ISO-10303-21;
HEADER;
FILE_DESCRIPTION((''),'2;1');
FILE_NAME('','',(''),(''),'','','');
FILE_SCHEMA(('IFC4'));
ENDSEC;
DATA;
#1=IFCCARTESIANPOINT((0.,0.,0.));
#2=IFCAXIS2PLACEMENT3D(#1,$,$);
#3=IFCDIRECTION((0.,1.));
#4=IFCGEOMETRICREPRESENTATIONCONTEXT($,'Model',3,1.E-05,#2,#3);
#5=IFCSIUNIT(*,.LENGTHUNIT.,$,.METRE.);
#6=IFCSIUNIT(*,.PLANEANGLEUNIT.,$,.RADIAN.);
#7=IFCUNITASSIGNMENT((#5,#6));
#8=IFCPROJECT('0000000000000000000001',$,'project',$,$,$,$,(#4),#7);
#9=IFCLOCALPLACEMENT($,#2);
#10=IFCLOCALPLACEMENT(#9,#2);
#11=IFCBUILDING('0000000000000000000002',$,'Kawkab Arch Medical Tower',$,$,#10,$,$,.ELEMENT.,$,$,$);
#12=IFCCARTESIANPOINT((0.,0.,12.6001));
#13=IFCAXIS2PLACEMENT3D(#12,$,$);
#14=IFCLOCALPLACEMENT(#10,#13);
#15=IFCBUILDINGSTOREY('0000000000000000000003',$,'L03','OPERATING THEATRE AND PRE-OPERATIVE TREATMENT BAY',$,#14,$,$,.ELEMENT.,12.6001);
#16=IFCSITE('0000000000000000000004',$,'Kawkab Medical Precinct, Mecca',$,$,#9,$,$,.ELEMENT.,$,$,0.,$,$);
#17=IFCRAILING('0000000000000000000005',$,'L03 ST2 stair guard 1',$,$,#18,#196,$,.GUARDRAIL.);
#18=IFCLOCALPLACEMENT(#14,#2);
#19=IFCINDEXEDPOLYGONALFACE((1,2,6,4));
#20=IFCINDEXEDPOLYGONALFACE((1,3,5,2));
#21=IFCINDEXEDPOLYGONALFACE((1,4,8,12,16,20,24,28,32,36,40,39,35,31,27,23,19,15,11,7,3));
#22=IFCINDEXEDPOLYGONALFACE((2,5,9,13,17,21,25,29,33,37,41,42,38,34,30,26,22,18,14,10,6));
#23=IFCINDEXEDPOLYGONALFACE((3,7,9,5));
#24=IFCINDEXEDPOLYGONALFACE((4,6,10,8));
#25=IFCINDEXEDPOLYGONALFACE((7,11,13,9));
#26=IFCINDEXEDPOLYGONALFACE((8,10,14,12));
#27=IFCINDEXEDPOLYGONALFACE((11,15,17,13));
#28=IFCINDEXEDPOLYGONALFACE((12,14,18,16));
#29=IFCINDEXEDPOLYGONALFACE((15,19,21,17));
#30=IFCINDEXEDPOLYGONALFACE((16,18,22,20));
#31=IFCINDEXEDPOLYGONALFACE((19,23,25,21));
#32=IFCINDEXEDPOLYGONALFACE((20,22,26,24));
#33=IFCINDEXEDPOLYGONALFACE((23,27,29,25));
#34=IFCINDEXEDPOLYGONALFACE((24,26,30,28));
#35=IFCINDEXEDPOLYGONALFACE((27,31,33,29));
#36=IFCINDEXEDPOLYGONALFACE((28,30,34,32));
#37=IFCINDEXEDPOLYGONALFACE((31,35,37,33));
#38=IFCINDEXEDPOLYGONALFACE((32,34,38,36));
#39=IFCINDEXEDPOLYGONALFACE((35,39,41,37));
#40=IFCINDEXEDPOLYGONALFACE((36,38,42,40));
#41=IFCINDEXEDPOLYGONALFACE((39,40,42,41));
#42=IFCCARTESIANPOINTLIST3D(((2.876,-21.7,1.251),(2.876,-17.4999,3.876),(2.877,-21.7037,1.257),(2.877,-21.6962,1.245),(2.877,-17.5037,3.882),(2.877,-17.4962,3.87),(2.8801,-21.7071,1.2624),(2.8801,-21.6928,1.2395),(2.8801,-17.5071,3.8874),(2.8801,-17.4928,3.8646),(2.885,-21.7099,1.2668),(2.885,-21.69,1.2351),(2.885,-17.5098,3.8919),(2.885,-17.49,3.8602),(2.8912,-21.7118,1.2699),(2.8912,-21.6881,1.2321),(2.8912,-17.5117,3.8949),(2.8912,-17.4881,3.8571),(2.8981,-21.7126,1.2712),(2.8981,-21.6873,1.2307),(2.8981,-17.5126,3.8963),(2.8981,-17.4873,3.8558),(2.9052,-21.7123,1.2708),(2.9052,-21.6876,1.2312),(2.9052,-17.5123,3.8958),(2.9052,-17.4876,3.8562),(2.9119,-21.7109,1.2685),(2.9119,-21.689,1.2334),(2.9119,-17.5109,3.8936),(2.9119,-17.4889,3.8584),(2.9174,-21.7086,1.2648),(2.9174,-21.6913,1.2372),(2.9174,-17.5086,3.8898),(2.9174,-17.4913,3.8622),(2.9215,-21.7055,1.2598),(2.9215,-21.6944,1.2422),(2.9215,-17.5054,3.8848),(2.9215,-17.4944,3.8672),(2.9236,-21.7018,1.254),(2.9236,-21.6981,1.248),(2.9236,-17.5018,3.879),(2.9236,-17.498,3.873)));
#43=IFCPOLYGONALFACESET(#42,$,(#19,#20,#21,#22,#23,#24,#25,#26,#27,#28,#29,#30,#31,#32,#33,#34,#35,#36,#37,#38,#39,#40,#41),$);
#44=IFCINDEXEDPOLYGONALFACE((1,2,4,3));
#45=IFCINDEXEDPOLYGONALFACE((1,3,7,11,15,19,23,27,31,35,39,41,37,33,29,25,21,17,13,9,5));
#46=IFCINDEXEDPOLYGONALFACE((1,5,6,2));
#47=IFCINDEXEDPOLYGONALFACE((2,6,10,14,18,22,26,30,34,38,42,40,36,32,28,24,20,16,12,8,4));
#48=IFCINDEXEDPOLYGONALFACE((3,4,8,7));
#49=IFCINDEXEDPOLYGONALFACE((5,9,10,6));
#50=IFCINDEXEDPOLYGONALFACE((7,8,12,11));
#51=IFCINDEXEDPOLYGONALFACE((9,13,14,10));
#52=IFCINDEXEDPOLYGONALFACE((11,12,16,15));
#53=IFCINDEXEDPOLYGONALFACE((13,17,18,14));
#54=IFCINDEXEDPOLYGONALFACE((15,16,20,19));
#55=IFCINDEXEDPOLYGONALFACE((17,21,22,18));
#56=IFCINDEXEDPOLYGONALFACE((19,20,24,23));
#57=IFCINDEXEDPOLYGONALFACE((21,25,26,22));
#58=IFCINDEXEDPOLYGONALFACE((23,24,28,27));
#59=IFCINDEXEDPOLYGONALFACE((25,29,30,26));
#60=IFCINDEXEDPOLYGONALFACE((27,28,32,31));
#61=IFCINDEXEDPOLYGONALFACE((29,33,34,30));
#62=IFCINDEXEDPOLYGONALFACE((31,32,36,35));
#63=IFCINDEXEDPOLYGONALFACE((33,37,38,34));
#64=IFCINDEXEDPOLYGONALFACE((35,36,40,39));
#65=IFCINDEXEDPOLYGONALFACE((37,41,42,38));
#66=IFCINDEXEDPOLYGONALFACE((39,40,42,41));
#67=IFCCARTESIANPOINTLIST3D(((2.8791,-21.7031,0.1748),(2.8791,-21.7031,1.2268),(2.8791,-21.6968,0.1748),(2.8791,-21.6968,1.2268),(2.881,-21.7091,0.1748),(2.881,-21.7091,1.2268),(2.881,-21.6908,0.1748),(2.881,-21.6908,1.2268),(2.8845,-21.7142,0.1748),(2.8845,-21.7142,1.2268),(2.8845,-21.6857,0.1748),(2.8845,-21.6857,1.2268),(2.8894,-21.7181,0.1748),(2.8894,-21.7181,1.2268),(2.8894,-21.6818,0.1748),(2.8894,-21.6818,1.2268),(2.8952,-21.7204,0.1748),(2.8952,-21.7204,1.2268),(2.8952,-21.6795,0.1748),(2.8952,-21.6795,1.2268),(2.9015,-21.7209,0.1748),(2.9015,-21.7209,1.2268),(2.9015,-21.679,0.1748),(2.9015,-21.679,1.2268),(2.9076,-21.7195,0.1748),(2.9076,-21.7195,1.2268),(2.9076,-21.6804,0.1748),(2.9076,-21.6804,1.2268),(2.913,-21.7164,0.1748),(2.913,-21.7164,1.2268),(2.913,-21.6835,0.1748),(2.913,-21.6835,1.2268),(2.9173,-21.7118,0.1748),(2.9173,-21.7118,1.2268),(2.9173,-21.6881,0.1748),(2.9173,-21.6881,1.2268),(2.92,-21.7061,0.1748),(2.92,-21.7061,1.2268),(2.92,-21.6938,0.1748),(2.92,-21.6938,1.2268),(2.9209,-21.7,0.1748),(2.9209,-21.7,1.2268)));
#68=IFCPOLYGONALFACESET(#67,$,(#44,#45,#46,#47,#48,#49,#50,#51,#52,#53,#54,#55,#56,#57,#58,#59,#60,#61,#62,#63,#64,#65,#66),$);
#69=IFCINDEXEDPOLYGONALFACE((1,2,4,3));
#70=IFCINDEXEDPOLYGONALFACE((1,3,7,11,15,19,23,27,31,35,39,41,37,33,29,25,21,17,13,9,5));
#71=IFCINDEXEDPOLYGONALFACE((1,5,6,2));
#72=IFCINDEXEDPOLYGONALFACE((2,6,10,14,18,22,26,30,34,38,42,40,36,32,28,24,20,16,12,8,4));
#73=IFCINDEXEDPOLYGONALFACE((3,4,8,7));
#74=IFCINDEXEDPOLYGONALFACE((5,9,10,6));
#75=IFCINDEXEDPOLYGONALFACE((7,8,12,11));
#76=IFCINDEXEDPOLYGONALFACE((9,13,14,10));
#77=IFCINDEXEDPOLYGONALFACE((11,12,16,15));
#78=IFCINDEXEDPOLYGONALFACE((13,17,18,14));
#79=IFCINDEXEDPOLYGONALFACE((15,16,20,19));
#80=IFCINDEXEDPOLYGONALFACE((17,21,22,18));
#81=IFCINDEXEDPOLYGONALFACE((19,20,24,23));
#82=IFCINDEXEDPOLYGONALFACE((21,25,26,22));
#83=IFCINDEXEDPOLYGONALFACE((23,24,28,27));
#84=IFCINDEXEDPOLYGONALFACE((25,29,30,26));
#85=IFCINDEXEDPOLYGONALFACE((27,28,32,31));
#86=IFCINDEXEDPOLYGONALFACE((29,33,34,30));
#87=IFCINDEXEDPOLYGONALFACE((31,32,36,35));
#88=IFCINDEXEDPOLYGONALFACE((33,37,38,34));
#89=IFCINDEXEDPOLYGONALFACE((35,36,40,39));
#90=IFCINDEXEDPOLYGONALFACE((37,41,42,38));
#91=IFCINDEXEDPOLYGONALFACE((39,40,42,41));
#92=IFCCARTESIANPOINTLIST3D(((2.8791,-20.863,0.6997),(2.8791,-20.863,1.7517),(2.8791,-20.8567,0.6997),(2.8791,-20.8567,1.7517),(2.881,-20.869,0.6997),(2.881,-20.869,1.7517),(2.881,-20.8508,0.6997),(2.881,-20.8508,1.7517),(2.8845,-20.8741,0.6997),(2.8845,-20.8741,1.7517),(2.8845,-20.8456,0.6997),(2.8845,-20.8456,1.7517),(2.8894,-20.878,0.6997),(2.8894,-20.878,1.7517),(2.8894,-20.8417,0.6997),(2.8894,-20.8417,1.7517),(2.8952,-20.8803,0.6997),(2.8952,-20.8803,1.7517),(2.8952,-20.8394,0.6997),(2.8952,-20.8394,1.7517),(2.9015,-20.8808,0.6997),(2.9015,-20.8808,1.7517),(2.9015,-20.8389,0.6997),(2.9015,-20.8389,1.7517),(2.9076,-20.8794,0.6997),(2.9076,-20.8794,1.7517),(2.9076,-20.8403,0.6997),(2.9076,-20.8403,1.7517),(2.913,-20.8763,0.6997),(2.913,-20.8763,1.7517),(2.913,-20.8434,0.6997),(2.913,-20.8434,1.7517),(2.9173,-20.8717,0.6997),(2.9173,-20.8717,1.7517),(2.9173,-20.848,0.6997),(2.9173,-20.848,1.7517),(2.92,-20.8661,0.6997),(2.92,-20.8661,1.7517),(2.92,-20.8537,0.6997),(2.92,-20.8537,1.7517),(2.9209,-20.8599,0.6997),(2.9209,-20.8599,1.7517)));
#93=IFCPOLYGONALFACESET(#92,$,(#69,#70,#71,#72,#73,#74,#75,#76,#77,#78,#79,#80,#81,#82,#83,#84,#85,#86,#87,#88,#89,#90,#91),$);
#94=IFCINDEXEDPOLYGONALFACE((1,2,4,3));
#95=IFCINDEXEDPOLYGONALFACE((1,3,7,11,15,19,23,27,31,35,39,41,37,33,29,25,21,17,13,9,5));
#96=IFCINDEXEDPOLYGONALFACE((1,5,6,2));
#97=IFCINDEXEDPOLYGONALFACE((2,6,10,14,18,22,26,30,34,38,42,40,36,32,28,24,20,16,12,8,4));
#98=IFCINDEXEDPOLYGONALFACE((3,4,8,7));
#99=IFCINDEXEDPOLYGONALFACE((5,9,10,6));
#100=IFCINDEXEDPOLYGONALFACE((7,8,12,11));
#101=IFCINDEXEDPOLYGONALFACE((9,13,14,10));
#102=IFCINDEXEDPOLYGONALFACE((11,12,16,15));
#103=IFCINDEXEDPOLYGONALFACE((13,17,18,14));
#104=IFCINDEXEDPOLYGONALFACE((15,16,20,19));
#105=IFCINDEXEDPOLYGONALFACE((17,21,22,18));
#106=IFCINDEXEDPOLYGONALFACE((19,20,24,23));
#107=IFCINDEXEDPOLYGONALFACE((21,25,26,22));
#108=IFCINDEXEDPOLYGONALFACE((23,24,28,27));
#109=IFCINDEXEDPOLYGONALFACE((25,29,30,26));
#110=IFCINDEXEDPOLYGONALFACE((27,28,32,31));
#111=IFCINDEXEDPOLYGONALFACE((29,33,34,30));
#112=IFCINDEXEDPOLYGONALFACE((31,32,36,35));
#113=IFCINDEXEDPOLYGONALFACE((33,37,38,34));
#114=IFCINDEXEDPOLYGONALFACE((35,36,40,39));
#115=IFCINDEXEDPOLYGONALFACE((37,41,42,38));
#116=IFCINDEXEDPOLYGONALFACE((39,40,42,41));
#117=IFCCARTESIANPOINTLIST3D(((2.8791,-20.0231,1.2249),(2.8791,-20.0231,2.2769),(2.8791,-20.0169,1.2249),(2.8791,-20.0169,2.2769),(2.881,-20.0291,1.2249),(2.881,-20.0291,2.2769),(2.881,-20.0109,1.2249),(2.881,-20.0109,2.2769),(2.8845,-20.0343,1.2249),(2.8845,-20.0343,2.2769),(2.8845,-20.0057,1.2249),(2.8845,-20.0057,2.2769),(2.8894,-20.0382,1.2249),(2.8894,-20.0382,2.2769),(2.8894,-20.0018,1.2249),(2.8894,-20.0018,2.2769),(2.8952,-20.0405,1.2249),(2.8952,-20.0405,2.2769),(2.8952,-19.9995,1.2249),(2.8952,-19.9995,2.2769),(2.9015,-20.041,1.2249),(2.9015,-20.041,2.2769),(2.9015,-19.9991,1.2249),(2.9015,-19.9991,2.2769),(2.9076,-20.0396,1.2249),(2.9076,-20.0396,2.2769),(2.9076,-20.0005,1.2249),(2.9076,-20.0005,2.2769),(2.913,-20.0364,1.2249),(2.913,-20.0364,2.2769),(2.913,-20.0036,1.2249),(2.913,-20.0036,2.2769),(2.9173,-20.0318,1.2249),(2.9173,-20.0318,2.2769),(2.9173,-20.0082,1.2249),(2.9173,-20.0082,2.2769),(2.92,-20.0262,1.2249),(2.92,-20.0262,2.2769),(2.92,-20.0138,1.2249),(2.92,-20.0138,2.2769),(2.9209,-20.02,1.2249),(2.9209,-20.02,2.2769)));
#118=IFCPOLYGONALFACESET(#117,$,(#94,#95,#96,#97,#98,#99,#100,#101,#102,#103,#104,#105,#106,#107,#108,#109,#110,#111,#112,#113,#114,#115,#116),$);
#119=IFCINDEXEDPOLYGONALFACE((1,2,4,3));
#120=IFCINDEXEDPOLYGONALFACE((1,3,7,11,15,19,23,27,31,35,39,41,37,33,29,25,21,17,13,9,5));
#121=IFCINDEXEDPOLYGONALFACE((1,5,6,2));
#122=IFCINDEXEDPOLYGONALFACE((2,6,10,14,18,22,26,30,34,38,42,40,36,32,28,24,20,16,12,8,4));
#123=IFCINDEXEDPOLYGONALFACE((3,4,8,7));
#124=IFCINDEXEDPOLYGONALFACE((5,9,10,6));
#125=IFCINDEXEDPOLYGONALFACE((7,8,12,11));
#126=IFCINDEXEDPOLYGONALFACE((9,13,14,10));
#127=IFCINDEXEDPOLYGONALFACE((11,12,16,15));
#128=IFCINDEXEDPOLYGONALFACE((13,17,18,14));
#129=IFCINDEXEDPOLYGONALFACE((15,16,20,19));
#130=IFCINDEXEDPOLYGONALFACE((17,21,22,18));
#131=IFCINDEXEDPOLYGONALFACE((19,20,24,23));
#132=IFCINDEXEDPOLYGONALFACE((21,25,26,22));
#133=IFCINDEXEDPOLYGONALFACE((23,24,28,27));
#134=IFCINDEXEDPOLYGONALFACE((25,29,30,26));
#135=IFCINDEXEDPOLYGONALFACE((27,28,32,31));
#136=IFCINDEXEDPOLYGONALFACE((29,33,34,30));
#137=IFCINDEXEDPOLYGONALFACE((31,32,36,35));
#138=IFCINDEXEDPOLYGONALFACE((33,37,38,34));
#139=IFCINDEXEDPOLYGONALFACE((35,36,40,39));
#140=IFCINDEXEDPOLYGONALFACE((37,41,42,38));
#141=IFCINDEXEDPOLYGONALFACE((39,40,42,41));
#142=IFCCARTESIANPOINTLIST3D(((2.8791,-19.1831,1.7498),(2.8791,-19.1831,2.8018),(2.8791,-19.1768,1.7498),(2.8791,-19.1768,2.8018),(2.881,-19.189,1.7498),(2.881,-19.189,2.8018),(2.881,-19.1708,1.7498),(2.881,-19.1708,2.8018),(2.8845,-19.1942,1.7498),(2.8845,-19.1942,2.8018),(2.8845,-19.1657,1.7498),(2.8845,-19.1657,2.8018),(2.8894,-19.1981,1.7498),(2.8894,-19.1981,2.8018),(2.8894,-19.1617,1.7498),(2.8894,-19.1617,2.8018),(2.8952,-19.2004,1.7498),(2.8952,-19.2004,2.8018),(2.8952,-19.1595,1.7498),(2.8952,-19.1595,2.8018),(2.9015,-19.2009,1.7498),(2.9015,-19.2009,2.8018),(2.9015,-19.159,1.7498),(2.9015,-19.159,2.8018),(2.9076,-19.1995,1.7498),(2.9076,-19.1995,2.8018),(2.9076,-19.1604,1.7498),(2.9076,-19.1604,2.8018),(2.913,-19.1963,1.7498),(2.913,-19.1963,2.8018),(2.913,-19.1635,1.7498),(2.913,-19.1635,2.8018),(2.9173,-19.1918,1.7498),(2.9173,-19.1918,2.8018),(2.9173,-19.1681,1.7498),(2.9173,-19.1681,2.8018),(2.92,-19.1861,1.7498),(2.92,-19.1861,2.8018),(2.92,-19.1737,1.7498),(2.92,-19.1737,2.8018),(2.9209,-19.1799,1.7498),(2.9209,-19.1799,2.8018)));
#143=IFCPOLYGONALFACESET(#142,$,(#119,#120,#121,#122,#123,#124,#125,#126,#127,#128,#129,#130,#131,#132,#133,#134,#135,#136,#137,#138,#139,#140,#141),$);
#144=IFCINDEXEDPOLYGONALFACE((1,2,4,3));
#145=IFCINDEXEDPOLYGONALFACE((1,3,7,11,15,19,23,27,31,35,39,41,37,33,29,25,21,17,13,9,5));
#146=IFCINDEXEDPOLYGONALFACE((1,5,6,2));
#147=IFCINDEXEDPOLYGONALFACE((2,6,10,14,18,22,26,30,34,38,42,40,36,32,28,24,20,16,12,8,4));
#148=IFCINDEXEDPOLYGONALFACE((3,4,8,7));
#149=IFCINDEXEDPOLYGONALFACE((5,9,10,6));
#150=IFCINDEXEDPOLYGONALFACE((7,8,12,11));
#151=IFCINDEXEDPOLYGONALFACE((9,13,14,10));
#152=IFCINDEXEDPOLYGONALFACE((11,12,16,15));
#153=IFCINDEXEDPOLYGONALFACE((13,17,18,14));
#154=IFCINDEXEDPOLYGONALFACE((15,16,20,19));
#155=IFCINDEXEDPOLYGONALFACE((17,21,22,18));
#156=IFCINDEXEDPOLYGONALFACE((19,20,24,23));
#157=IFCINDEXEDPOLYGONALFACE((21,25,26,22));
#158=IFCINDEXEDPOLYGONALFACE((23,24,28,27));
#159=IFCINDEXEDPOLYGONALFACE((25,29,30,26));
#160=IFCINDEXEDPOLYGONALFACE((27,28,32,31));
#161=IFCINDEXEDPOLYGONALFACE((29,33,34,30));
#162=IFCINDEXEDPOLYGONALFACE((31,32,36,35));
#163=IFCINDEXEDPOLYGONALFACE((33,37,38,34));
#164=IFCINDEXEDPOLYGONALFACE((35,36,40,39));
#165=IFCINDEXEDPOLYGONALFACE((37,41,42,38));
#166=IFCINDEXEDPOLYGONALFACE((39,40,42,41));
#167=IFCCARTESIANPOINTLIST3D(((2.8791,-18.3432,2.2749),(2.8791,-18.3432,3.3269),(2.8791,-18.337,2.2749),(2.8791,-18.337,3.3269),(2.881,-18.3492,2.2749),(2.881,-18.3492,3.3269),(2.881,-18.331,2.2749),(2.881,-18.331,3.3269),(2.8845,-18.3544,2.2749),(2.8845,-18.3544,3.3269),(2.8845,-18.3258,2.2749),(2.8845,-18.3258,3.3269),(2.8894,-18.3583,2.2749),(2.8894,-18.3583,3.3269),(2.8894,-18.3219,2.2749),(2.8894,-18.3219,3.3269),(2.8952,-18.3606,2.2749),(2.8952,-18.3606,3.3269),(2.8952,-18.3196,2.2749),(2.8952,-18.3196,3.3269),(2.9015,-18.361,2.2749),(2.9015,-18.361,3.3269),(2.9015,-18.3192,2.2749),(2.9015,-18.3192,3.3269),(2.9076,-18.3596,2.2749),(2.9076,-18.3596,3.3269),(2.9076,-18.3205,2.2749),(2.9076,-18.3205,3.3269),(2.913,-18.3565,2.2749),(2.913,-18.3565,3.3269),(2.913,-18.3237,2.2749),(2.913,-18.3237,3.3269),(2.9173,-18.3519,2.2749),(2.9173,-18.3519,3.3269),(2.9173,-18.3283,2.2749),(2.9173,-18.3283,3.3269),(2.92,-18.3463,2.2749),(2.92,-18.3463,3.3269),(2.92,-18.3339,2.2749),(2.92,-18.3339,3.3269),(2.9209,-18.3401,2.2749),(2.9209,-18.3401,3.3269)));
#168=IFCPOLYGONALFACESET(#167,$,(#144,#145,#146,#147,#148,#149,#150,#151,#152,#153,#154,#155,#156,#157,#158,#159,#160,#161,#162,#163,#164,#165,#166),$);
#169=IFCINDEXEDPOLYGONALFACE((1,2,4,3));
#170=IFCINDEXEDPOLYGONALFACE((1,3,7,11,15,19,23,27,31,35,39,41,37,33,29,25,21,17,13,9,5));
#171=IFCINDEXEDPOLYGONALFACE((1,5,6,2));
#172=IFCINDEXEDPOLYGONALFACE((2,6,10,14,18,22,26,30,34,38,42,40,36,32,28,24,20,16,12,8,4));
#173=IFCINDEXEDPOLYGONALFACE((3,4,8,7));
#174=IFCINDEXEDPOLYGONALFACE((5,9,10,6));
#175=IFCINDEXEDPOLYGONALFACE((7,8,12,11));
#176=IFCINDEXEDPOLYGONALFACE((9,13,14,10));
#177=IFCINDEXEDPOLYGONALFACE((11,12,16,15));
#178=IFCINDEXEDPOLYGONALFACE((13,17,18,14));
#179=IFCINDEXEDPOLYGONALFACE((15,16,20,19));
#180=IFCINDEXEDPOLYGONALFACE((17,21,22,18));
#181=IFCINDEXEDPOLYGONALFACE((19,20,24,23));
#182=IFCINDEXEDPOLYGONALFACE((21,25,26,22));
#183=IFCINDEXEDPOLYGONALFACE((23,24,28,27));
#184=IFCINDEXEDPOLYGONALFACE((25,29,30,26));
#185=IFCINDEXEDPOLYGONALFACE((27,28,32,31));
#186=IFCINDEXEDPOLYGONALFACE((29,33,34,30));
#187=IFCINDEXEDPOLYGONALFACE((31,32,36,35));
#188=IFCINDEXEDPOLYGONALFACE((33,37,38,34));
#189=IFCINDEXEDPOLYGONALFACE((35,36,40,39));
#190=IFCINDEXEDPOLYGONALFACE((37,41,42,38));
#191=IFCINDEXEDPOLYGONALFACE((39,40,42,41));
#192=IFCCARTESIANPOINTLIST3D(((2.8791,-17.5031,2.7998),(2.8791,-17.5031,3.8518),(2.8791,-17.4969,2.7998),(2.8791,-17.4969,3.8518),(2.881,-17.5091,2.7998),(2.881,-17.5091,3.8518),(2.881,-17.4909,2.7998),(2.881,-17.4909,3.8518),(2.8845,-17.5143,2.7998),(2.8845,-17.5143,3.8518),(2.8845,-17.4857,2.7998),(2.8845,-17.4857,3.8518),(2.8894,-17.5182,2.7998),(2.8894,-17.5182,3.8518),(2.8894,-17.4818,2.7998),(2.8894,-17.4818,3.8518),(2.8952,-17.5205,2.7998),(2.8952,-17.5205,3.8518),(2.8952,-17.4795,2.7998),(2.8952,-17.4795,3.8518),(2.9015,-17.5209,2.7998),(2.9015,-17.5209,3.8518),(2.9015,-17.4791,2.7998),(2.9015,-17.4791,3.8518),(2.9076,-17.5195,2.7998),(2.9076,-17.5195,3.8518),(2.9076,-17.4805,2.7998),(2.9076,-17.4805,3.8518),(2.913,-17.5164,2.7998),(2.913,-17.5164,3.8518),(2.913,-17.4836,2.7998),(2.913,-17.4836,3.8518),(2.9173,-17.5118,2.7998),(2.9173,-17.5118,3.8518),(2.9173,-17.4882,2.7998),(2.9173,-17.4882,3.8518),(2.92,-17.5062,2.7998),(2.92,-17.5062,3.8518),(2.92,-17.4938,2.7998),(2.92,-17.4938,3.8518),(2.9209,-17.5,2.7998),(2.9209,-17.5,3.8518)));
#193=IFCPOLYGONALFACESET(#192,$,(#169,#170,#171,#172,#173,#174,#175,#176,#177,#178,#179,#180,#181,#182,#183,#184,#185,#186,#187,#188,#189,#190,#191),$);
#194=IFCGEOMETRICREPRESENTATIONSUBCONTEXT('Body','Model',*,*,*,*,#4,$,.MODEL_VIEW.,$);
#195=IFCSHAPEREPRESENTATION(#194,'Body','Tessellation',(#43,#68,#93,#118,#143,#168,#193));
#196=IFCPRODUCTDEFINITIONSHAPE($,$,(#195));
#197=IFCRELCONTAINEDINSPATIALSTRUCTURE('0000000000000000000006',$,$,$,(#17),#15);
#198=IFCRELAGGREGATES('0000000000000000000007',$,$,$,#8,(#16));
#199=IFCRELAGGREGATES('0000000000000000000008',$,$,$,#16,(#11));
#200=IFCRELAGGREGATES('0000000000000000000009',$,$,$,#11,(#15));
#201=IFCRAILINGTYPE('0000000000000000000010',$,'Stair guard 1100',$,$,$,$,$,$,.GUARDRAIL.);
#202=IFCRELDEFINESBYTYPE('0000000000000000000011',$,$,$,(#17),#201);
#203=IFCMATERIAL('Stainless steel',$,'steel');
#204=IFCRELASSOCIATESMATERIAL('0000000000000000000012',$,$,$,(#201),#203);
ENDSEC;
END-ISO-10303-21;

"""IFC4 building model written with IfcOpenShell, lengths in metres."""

from ifc_helpers import new_model, si_unit, direction, frame, origin, origin_2d, place, context, subcontext, project, spatial, circle, extrude, material, type_object, element, save


model = new_model("IFC4")

# Units and contexts
model_context = context("Model", 3, precision=1e-05, world=origin(), true_north=direction((0.0, 1.0)))
body_context = subcontext(model_context, "Body", "Model", "MODEL_VIEW")
ifc_project = project(units=[si_unit("LENGTHUNIT", "METRE"), si_unit("PLANEANGLEUNIT", "RADIAN")], contexts=[model_context])

# Site, building, storey
site_placement = place(None, origin())
site = spatial("IfcSite", under=ifc_project, at=site_placement, Name="Kawkab Medical Precinct, Mecca", CompositionType="ELEMENT", RefElevation=0.0)
building_placement = place(site_placement, origin())
building = spatial("IfcBuilding", under=site, at=building_placement, Name="Kawkab Arch Medical Tower", CompositionType="ELEMENT")
storey_placement = place(building_placement, frame((0.0, 0.0, 12.6001)))
storey = spatial("IfcBuildingStorey", under=building, at=storey_placement, Name="L03", Description="OPERATING THEATRE AND PRE-OPERATIVE TREATMENT BAY", CompositionType="ELEMENT", Elevation=12.6001)

# Railing
ifc_material_1 = material(Name="Stainless steel", Category="steel")
railing_type = type_object("IfcRailingType", Name="Stair guard 1100", PredefinedType="GUARDRAIL", material=ifc_material_1)
railing_1_placement = place(storey_placement, frame((2.8999, -21.7, 0.1748)))
element("IfcRailing", 1, at=railing_1_placement, inside=storey, type_object=railing_type, Name="L03 ST2 stair guard 1", PredefinedType="GUARDRAIL", context=body_context, shape_type="SweptSolid", body=[
    extrude(circle(Radius=0.0239, at=origin_2d()), frame((0.0, 0.0, 1.0762), z_axis=(0.0, 0.847996, 0.530003), x_axis=(-1.0, 0.0, 0.0)), (0.0, 0.0, 1.0), 4.9529),
    extrude(circle(Radius=0.021, at=origin_2d()), origin(), (0.0, 0.0, 1.0), 1.052),
    extrude(circle(Radius=0.021, at=origin_2d()), frame((0.0, 0.8401, 0.5249)), (0.0, 0.0, 1.0), 1.052),
    extrude(circle(Radius=0.021, at=origin_2d()), frame((0.0, 1.6799, 1.05)), (0.0, 0.0, 1.0), 1.052),
    extrude(circle(Radius=0.021, at=origin_2d()), frame((0.0, 2.52, 1.575)), (0.0, 0.0, 1.0), 1.052),
    extrude(circle(Radius=0.021, at=origin_2d()), frame((0.0, 3.3599, 2.1001)), (0.0, 0.0, 1.0), 1.052),
    extrude(circle(Radius=0.021, at=origin_2d()), frame((0.0, 4.2, 2.625)), (0.0, 0.0, 1.0), 1.052),
])

save(model, "model.ifc")
